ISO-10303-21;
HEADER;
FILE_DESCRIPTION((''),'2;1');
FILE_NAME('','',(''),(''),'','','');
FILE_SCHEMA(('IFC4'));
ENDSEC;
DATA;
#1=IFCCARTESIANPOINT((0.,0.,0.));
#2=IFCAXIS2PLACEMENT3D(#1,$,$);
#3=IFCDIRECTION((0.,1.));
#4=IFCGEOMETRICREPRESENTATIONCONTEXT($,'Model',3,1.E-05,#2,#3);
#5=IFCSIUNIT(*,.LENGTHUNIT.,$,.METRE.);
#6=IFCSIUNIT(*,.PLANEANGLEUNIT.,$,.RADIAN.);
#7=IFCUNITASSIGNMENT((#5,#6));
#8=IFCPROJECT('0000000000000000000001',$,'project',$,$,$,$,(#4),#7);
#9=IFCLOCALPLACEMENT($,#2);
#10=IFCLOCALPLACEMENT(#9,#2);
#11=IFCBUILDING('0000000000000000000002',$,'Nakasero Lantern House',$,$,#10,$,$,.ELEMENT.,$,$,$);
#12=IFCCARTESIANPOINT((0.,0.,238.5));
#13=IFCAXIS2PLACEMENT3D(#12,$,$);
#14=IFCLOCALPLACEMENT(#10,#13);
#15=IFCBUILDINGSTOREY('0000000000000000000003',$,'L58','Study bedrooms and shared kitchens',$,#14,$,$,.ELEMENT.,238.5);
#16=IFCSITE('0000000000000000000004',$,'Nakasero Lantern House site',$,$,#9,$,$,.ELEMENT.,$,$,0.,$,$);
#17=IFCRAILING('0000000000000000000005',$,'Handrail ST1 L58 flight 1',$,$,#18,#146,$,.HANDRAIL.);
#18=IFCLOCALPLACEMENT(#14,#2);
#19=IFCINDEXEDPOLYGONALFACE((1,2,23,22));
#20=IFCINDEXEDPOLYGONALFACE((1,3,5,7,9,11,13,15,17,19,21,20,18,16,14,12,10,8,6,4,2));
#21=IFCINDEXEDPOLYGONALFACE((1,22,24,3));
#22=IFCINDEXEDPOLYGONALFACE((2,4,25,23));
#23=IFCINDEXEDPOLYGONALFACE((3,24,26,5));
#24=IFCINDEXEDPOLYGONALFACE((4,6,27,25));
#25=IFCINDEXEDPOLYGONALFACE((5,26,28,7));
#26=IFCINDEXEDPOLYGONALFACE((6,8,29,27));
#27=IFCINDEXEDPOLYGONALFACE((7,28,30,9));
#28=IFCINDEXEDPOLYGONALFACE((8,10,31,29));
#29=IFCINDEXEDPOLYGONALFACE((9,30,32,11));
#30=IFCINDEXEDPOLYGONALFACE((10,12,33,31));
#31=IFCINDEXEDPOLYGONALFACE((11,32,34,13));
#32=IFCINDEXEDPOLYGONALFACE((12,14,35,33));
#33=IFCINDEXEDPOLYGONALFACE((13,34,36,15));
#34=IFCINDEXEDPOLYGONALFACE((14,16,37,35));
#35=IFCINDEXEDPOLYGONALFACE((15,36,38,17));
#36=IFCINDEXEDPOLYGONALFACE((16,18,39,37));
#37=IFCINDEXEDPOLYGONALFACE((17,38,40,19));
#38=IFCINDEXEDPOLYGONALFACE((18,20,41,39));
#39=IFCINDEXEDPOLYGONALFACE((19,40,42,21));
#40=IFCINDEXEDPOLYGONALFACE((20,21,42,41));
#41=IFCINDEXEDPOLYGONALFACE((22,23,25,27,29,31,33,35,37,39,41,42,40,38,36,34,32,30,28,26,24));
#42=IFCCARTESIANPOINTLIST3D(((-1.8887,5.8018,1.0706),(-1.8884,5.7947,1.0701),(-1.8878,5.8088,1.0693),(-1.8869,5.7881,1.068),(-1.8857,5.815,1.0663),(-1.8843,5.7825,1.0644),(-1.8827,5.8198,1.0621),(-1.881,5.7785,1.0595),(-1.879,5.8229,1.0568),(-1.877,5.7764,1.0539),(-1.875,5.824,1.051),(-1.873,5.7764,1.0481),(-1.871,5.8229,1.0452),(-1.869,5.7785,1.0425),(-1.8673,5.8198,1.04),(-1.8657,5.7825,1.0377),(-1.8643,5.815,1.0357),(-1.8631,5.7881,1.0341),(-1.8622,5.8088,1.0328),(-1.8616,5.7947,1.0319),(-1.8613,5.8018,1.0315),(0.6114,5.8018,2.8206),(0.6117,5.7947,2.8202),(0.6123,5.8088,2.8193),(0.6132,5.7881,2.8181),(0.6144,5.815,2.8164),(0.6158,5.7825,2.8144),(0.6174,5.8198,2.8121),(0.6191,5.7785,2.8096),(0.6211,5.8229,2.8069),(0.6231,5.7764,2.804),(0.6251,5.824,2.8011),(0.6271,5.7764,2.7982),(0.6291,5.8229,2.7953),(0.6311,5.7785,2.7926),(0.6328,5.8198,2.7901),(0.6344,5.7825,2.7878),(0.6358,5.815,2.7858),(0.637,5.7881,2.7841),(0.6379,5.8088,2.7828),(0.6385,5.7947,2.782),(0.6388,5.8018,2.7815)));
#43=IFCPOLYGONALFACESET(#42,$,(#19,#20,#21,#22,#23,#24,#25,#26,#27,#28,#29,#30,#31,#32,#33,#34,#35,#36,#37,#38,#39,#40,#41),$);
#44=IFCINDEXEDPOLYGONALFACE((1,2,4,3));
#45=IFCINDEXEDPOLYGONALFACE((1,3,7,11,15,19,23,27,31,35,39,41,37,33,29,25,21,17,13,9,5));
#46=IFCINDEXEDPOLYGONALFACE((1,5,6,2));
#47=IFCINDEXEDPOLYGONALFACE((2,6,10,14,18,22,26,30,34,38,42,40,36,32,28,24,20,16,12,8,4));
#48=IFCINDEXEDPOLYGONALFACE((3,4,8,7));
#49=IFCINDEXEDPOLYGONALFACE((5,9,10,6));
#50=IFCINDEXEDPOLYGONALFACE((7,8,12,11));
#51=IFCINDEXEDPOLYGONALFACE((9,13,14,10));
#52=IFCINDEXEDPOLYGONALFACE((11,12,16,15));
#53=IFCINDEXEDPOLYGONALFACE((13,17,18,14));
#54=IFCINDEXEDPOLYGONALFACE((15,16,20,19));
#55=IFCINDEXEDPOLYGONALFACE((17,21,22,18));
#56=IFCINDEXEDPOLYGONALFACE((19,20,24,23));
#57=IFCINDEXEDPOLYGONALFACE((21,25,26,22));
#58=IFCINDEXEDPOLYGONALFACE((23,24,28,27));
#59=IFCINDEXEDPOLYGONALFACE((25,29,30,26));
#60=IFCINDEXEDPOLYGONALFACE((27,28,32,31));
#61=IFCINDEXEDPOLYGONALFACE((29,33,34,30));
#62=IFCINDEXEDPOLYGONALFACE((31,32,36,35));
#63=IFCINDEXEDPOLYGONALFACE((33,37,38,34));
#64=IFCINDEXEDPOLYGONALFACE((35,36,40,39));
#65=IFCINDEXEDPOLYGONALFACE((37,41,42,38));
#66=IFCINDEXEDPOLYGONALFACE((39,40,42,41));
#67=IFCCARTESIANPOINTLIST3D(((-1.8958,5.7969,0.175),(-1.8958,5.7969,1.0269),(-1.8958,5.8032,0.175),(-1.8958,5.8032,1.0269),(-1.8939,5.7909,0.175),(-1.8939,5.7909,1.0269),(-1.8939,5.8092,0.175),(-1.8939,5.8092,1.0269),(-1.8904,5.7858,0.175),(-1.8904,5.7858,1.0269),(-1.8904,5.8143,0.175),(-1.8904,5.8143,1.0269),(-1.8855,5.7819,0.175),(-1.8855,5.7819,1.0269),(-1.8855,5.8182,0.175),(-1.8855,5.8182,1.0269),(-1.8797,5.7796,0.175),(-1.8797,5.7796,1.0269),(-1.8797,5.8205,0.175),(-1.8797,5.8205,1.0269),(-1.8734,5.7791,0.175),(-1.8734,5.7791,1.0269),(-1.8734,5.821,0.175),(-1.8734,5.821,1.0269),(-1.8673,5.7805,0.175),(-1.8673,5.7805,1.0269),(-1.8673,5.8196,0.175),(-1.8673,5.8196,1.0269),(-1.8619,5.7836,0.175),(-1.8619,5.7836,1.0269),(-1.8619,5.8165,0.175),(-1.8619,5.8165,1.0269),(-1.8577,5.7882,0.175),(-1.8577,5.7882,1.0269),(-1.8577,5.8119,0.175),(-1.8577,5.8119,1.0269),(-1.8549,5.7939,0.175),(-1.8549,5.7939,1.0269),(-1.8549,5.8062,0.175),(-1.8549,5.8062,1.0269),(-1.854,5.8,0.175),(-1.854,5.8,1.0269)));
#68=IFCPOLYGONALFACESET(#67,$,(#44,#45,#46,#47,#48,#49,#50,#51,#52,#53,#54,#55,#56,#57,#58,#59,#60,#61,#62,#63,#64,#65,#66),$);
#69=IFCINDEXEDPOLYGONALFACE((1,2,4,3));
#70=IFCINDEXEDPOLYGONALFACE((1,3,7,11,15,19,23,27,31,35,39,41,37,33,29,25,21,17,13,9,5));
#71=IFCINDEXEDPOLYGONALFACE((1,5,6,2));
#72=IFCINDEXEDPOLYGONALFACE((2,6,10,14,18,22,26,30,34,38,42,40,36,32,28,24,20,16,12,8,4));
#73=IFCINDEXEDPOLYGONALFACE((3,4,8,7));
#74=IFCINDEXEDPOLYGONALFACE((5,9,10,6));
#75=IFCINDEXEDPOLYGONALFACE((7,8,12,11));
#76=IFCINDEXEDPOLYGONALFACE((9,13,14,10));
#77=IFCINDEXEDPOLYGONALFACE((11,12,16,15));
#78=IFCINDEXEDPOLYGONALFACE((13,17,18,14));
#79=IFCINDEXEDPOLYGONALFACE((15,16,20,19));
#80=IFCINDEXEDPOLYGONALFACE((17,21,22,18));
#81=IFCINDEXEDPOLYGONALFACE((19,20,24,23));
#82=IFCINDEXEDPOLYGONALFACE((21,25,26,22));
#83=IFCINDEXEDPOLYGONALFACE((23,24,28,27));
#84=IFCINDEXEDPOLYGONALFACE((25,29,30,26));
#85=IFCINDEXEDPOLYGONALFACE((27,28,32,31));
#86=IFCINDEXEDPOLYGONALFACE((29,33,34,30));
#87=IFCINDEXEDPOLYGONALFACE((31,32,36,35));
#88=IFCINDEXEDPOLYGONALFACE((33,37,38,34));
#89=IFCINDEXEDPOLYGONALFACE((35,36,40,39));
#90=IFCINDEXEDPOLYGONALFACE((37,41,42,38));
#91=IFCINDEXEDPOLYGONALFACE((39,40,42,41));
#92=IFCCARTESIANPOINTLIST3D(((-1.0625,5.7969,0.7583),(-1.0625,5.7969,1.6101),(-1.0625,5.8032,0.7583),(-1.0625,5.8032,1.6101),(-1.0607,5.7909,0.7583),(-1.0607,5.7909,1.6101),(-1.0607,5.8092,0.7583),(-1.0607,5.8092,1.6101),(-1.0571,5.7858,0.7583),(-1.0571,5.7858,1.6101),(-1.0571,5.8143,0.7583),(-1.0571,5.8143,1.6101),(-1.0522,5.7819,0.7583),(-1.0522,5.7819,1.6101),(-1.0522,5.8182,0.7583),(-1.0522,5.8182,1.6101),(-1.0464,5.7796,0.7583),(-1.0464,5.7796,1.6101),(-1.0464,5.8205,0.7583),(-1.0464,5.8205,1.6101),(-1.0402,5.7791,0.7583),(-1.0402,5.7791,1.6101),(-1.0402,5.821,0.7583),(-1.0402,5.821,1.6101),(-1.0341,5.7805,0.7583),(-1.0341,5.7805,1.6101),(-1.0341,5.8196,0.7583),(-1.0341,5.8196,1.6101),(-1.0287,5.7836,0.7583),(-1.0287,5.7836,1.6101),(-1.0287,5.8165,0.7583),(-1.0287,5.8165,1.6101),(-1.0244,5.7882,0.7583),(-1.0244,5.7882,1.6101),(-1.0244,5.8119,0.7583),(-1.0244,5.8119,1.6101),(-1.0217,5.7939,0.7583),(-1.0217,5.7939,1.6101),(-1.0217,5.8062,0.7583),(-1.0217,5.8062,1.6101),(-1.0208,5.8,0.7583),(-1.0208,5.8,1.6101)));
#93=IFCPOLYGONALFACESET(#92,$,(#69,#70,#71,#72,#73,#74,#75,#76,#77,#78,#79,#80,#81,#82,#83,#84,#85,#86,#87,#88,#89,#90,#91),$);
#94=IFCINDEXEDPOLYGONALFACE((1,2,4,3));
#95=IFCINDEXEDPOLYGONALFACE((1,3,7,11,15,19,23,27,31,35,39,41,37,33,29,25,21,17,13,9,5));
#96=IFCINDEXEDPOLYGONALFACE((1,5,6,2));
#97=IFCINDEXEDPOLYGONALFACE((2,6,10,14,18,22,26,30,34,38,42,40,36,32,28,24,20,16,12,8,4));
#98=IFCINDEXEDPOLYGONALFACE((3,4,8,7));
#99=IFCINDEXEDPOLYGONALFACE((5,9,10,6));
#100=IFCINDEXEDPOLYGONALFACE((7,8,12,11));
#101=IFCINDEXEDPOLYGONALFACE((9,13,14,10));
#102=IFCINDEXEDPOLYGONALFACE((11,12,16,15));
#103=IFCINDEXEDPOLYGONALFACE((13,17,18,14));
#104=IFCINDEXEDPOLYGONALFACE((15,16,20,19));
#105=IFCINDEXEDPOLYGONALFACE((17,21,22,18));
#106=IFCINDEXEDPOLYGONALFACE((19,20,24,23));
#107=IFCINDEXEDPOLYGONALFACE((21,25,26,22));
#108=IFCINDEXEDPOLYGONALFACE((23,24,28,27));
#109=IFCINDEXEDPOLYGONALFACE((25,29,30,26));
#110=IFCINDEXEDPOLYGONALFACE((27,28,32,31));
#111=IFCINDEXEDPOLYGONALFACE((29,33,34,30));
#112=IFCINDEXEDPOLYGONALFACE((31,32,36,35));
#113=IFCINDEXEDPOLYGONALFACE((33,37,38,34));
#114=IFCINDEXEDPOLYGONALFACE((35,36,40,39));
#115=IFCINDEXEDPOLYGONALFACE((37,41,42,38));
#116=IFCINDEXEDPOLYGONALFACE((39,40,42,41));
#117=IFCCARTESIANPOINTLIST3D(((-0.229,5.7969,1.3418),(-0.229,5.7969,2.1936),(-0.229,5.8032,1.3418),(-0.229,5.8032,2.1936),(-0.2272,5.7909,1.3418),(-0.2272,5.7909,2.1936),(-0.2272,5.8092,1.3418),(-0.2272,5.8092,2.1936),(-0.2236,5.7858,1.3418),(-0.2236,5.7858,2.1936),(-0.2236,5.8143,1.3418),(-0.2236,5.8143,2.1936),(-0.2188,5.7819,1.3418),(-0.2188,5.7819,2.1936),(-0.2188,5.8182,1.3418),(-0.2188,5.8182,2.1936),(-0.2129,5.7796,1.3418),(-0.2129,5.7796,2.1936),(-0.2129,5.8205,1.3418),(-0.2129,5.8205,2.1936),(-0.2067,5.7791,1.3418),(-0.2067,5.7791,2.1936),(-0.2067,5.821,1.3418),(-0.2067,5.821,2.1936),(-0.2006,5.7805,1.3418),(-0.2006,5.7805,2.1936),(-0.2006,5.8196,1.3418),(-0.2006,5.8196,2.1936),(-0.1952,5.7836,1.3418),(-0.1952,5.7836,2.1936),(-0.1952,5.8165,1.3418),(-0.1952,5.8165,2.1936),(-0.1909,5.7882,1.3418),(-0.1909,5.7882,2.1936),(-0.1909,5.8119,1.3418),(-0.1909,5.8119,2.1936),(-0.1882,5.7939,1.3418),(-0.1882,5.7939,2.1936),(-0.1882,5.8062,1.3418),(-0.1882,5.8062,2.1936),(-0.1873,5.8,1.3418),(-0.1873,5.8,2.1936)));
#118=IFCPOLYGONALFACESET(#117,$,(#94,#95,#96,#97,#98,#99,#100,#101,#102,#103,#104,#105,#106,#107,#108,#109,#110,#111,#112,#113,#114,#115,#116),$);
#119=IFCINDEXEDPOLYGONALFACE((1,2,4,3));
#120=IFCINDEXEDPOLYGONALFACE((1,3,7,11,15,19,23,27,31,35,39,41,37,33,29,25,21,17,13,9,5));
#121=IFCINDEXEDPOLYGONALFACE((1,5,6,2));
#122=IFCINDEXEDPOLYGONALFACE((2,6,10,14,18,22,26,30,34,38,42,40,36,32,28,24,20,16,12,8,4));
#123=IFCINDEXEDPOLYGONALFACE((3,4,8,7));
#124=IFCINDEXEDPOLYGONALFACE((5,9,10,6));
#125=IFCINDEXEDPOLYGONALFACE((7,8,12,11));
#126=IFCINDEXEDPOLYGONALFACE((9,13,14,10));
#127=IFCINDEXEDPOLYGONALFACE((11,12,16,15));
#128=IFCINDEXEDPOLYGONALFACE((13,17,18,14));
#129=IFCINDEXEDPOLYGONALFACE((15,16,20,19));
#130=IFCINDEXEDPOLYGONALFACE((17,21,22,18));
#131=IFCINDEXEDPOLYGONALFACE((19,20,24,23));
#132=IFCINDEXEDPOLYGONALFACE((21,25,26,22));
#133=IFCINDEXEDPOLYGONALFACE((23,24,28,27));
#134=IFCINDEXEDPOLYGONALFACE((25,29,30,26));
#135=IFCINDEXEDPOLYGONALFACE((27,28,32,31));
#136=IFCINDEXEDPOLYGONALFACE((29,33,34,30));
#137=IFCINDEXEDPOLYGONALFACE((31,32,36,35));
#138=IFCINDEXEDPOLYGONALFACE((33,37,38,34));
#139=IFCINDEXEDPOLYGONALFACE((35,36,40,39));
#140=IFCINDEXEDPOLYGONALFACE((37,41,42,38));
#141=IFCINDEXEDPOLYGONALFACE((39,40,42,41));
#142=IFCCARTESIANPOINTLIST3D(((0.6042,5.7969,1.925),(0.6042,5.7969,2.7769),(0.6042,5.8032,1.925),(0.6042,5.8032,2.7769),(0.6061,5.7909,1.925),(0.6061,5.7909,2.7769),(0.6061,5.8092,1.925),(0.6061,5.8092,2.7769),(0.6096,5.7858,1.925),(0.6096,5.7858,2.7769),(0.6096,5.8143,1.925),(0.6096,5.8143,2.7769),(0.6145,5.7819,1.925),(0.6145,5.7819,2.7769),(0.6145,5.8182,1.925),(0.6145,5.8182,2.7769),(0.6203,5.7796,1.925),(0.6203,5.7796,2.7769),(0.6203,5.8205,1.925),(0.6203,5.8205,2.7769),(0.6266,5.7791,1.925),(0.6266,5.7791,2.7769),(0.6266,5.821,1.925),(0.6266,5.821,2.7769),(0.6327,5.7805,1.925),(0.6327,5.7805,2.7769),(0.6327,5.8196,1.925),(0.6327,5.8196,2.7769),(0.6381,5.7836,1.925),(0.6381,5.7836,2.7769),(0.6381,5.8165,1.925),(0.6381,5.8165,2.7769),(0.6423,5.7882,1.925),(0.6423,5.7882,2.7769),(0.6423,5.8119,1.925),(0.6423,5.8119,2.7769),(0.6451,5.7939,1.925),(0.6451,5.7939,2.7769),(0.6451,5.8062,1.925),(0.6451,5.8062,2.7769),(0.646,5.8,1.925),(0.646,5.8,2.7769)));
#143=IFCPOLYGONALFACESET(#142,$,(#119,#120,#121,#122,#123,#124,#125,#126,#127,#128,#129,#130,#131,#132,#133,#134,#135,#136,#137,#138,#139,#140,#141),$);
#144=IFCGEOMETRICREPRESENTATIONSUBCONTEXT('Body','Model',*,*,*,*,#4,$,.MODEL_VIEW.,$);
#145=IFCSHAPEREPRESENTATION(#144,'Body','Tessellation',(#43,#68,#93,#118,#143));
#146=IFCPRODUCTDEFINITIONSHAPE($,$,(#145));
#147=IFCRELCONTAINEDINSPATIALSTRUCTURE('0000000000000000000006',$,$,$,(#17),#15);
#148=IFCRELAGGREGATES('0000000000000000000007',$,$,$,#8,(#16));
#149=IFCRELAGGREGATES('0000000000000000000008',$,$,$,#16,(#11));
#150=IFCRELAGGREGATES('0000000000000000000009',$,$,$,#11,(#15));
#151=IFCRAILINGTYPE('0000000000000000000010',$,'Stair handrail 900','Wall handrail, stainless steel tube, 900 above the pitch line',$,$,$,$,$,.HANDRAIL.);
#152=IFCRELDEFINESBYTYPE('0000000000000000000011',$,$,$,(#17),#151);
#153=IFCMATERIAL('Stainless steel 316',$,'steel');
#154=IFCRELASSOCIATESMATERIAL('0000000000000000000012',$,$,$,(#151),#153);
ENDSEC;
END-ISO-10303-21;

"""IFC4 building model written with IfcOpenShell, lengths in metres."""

from ifc_helpers import new_model, si_unit, direction, frame, origin, origin_2d, place, context, subcontext, project, spatial, circle, extrude, material, type_object, element, save


model = new_model("IFC4")

# Units and contexts
model_context = context("Model", 3, precision=1e-05, world=origin(), true_north=direction((0.0, 1.0)))
body_context = subcontext(model_context, "Body", "Model", "MODEL_VIEW")
ifc_project = project(units=[si_unit("LENGTHUNIT", "METRE"), si_unit("PLANEANGLEUNIT", "RADIAN")], contexts=[model_context])

# Site, building, storey
site_placement = place(None, origin())
site = spatial("IfcSite", under=ifc_project, at=site_placement, Name="Nakasero Lantern House site", CompositionType="ELEMENT", RefElevation=0.0)
building_placement = place(site_placement, origin())
building = spatial("IfcBuilding", under=site, at=building_placement, Name="Nakasero Lantern House", CompositionType="ELEMENT")
storey_placement = place(building_placement, frame((0.0, 0.0, 238.5)))
storey = spatial("IfcBuildingStorey", under=building, at=storey_placement, Name="L58", Description="Study bedrooms and shared kitchens", CompositionType="ELEMENT", Elevation=238.5)

# Railing
ifc_material_1 = material(Name="Stainless steel 316", Category="steel")
railing_type = type_object("IfcRailingType", Name="Stair handrail 900", Description="Wall handrail, stainless steel tube, 900 above the pitch line", PredefinedType="HANDRAIL", material=ifc_material_1)
railing_placement = place(storey_placement, frame((-1.875, 5.8, 0.175)))
element("IfcRailing", 1, at=railing_placement, inside=storey, type_object=railing_type, Name="Handrail ST1 L58 flight 1", PredefinedType="HANDRAIL", context=body_context, shape_type="SweptSolid", body=[
    extrude(circle(Radius=0.0239, at=origin_2d()), frame((0.0, 0.0, 0.876), z_axis=(0.819232, 0.0, 0.573462), x_axis=(0.0, 1.0, 0.0)), (0.0, 0.0, 1.0), 3.0518),
    extrude(circle(Radius=0.021, at=origin_2d()), origin(), (0.0, 0.0, 1.0), 0.8518),
    extrude(circle(Radius=0.021, at=origin_2d()), frame((0.8333, 0.0, 0.5833)), (0.0, 0.0, 1.0), 0.8518),
    extrude(circle(Radius=0.021, at=origin_2d()), frame((1.6667, 0.0, 1.1667)), (0.0, 0.0, 1.0), 0.8518),
    extrude(circle(Radius=0.021, at=origin_2d()), frame((2.5, 0.0, 1.75)), (0.0, 0.0, 1.0), 0.8518),
])

save(model, "model.ifc")
